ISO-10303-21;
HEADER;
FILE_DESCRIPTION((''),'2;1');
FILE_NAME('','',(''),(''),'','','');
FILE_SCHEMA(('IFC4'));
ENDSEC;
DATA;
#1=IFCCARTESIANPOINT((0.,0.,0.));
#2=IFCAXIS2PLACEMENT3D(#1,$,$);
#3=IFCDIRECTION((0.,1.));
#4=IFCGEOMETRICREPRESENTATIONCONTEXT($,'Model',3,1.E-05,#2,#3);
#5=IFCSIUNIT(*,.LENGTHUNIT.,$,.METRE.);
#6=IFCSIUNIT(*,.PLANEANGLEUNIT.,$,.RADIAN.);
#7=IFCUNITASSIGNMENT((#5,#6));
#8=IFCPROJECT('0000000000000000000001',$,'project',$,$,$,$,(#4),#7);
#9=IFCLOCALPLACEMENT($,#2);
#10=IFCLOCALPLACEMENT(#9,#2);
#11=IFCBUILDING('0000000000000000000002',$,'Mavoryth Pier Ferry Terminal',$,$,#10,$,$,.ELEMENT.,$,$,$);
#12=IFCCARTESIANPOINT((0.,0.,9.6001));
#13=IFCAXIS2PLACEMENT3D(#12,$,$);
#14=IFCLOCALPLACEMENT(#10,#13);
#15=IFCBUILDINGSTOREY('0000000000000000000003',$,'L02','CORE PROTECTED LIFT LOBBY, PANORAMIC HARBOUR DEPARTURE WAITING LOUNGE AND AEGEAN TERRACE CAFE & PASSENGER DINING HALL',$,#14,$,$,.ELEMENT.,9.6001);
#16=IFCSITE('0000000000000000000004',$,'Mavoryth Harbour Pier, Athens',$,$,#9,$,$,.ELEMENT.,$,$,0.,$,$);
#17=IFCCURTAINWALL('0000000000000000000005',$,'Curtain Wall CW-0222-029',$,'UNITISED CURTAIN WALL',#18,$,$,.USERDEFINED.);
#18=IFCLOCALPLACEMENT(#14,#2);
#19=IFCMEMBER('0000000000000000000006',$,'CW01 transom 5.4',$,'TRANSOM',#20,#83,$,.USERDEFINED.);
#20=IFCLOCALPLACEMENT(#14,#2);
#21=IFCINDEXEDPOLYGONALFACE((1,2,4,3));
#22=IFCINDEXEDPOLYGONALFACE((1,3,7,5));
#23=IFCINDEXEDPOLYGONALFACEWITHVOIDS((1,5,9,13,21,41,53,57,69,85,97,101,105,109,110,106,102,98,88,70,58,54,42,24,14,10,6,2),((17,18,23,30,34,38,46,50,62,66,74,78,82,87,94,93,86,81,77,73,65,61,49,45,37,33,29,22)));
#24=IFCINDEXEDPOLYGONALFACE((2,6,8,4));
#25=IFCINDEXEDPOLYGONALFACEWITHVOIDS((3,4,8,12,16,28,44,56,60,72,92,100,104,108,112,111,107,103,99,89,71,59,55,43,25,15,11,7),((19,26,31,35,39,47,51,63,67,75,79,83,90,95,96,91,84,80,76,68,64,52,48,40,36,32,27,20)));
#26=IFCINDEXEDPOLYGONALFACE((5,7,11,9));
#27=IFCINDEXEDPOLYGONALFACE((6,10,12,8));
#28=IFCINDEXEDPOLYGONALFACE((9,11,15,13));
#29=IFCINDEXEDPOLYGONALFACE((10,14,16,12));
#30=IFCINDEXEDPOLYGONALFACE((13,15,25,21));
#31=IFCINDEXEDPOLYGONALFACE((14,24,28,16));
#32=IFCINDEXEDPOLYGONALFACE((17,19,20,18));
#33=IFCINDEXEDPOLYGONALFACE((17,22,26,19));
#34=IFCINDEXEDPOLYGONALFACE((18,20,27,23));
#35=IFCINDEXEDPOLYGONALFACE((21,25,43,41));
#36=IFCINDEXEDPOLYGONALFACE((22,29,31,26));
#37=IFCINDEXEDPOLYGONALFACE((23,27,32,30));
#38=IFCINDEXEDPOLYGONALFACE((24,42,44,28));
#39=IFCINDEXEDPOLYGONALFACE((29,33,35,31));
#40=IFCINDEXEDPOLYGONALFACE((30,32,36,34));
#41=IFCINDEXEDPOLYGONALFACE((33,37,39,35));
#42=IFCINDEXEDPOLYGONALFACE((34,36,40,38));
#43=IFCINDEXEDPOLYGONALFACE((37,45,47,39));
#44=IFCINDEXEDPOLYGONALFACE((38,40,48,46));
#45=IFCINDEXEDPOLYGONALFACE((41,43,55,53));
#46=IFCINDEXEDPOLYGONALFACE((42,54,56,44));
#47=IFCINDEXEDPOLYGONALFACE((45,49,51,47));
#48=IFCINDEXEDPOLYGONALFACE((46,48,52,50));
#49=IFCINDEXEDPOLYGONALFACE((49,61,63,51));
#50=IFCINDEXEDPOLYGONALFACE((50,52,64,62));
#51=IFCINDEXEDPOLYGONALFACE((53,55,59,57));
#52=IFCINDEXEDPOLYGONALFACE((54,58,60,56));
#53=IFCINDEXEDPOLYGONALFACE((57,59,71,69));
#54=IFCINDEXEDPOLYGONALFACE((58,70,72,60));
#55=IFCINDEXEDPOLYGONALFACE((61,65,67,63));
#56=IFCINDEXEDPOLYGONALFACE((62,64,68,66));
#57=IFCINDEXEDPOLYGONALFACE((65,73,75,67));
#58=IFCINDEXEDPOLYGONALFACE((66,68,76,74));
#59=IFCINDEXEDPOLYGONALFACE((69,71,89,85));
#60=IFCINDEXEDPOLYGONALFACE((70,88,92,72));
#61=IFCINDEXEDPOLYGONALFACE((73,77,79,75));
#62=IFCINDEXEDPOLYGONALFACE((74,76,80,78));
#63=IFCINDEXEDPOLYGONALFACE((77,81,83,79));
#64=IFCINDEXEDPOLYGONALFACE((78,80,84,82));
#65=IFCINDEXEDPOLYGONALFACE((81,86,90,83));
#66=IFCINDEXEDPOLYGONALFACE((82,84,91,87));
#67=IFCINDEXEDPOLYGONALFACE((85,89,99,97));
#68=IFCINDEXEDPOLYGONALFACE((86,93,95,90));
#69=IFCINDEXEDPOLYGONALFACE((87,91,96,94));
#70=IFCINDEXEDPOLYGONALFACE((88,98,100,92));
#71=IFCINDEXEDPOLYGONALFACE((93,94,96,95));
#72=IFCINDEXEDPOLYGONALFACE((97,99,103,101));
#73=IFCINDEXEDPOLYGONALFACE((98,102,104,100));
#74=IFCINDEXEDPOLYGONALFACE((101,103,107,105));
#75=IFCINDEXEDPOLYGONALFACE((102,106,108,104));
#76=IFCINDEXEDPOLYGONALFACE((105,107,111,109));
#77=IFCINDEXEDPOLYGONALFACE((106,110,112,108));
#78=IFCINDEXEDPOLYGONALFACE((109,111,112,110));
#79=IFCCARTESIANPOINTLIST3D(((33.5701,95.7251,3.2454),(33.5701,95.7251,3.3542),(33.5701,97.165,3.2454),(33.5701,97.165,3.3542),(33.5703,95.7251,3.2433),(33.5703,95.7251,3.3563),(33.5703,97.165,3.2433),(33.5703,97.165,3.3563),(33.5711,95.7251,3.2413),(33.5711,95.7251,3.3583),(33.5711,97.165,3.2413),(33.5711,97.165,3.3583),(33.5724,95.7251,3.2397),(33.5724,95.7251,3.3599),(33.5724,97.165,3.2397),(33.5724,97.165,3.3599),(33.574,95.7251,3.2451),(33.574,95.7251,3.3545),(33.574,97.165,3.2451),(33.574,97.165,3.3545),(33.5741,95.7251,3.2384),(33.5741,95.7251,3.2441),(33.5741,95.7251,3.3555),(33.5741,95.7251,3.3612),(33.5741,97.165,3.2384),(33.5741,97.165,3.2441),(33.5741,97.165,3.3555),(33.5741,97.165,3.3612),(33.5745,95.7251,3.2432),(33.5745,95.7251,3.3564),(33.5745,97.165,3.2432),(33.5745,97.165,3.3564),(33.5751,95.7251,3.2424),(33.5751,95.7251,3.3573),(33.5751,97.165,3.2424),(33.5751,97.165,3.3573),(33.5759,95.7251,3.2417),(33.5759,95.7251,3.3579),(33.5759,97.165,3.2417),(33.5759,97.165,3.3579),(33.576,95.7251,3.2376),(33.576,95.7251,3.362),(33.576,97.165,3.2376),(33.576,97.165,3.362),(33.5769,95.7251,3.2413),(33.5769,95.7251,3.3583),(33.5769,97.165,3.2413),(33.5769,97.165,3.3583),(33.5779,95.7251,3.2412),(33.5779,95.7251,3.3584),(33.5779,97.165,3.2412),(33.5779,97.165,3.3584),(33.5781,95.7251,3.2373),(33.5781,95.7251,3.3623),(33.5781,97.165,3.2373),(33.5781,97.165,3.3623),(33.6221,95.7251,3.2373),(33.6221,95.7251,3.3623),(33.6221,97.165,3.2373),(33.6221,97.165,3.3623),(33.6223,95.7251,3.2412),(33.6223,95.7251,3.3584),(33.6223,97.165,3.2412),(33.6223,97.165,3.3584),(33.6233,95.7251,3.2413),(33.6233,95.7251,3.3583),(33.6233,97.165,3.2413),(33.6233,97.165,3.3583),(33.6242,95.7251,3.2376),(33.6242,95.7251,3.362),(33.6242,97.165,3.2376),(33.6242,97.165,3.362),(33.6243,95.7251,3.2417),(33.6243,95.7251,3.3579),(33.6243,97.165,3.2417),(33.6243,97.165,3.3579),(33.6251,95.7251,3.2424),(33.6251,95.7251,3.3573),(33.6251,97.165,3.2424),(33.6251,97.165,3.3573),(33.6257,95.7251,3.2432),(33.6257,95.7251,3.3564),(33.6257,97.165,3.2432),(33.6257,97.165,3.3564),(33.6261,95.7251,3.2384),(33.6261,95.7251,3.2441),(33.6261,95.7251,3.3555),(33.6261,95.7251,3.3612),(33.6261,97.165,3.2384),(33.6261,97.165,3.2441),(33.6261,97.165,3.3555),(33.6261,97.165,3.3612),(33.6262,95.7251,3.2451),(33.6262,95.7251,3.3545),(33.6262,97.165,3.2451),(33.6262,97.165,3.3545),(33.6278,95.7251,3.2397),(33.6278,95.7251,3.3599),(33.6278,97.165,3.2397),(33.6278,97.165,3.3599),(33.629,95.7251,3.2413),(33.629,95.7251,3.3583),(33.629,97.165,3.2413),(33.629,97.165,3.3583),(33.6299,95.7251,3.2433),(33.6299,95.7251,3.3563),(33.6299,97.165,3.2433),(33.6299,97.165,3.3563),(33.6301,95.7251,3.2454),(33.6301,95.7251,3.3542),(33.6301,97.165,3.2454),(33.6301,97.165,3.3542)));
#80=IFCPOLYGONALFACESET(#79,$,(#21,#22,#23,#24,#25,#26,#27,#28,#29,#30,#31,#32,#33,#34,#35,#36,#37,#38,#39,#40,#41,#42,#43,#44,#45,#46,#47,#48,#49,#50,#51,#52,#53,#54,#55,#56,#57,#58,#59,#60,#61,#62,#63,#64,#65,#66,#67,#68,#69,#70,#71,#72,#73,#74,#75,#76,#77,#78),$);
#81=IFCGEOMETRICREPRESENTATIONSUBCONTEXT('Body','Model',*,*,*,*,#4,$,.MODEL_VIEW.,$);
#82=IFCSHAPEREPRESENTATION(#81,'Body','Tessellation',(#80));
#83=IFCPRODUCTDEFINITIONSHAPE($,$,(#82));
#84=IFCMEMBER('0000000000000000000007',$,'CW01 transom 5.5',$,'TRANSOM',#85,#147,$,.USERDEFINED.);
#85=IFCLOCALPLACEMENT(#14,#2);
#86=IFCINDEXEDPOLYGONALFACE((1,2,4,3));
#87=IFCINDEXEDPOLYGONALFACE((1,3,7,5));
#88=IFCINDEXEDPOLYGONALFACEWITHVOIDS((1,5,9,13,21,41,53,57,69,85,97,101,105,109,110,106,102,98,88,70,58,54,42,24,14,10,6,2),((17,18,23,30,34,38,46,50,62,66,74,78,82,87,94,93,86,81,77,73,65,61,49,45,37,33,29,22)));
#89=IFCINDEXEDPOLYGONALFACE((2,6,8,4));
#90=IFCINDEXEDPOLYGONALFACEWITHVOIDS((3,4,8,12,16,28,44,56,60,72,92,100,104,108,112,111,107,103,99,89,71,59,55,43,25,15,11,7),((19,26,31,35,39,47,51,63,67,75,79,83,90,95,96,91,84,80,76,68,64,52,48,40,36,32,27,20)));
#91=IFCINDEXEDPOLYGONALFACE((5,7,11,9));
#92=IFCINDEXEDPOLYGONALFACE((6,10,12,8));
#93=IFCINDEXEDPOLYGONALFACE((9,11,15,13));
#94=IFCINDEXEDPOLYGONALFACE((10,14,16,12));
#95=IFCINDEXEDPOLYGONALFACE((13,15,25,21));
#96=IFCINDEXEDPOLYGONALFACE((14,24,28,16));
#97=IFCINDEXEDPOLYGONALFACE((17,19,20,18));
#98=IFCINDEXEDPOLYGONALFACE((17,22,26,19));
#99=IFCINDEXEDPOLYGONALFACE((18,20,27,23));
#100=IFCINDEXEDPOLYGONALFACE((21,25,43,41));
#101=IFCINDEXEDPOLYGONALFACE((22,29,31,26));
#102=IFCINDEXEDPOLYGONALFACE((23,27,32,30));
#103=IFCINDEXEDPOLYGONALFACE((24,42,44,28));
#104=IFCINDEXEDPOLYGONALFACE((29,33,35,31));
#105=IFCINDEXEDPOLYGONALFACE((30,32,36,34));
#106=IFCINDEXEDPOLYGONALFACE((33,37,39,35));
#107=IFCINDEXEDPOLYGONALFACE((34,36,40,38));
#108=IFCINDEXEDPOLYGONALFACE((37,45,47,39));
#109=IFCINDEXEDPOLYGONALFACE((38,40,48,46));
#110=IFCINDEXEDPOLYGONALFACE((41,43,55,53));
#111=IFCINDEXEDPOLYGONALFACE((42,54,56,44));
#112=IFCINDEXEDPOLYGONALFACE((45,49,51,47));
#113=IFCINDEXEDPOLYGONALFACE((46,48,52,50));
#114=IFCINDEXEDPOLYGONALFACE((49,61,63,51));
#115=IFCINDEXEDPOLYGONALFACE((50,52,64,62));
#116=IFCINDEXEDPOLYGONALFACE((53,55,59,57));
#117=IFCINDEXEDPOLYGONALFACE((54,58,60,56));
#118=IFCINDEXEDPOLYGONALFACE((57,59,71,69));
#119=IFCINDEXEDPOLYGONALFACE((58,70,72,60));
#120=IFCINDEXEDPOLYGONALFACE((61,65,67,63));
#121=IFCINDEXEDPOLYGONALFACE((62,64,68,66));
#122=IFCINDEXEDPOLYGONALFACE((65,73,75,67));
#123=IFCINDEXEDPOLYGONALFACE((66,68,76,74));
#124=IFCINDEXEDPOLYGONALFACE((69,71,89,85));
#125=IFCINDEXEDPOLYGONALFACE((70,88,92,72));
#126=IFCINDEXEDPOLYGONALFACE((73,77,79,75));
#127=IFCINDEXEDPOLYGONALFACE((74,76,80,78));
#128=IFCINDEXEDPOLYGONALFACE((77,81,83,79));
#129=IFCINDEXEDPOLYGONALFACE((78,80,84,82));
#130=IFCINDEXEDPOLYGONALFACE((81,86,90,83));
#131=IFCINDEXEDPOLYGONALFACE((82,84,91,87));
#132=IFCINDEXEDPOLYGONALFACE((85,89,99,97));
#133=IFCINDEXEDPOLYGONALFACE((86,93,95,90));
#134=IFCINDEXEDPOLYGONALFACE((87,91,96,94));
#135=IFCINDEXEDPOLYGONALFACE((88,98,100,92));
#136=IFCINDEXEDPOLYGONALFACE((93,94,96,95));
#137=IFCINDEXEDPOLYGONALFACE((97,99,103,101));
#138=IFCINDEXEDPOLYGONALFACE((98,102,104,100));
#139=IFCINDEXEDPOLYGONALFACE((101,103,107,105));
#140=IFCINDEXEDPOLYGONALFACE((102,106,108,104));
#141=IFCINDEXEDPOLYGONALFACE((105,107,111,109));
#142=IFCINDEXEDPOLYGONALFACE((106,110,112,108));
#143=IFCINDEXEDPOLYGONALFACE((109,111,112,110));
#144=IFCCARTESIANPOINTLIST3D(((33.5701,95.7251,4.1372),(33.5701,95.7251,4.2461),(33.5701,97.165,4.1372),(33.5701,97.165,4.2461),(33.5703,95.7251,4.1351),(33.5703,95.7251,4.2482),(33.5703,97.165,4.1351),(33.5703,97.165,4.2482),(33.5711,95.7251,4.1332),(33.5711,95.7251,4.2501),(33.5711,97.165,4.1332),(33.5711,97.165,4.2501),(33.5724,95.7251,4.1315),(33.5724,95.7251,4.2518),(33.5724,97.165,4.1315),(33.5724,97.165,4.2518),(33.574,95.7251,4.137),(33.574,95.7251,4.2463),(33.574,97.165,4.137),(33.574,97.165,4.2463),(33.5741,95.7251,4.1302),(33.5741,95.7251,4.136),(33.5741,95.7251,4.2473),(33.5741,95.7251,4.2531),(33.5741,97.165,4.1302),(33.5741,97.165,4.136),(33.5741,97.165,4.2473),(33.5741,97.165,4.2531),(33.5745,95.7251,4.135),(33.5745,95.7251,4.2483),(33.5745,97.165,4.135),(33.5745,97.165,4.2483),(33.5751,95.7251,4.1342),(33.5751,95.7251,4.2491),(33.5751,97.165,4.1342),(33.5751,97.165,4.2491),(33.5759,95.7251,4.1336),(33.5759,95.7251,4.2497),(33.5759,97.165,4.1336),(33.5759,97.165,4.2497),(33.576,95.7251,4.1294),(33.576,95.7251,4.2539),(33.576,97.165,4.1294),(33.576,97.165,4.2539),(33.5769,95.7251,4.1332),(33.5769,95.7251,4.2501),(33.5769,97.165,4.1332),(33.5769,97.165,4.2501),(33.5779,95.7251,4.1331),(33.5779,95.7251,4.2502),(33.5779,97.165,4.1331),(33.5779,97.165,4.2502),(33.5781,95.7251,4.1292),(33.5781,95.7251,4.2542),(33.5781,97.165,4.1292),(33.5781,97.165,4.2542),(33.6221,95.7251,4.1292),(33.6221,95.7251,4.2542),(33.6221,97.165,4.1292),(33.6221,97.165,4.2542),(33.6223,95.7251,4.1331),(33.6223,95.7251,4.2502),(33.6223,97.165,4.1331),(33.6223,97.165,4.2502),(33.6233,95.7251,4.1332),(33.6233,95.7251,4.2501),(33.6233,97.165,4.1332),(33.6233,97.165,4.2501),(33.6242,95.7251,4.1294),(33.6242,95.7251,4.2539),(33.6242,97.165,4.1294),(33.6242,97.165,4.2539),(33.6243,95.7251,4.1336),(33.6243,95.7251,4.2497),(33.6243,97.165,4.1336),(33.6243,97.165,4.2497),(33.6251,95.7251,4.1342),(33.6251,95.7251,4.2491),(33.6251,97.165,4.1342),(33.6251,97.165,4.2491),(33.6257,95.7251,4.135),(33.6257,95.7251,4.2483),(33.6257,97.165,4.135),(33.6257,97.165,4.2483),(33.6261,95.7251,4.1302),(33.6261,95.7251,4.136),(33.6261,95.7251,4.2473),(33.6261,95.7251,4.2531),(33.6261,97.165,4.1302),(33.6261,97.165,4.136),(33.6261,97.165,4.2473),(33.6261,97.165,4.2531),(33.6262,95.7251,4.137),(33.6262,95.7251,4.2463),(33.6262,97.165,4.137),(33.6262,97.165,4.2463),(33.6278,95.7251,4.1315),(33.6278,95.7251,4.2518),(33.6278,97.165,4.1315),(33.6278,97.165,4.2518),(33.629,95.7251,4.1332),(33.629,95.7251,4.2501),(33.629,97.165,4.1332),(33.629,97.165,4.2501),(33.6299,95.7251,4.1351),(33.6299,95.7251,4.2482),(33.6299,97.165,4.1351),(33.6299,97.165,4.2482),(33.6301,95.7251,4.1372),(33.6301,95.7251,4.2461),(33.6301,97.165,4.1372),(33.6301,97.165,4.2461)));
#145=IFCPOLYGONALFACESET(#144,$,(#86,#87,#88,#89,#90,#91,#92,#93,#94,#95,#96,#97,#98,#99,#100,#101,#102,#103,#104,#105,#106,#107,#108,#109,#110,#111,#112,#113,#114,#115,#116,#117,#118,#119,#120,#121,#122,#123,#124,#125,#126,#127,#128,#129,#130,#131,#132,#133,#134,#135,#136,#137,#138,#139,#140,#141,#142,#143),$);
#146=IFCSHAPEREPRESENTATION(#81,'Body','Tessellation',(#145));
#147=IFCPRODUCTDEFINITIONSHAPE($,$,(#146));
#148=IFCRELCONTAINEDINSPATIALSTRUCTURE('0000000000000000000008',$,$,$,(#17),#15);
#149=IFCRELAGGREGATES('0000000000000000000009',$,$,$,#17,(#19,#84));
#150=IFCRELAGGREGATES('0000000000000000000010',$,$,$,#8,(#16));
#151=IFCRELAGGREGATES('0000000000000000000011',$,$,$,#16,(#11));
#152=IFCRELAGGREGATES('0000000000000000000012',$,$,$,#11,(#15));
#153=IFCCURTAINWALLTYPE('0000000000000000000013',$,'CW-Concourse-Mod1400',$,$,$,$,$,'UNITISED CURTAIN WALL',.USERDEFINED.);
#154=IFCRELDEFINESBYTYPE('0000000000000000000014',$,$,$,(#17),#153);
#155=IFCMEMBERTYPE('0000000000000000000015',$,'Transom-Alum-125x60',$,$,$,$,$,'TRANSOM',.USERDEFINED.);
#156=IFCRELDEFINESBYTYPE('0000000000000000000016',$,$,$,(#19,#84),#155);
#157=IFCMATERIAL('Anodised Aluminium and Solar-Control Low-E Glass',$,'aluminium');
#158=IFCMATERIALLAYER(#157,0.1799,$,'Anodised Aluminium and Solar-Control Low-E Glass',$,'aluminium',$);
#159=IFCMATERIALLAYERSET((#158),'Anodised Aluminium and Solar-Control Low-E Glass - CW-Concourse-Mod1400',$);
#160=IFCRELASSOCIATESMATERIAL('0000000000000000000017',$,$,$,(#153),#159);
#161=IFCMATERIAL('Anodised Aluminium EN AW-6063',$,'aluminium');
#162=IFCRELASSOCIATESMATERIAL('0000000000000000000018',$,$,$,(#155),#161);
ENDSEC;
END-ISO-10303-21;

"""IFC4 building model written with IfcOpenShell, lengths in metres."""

from ifc_helpers import new_model, si_unit, direction, frame, origin, origin_2d, place, context, subcontext, project, spatial, hollow_rectangle, extrude, material, layer, layer_set, material_profile, profile_set, type_object, element, aggregate, save


model = new_model("IFC4")

# Units and contexts
model_context = context("Model", 3, precision=1e-05, world=origin(), true_north=direction((0.0, 1.0)))
body_context = subcontext(model_context, "Body", "Model", "MODEL_VIEW")
ifc_project = project(units=[si_unit("LENGTHUNIT", "METRE"), si_unit("PLANEANGLEUNIT", "RADIAN")], contexts=[model_context])

# Site, building, storey
site_placement = place(None, origin())
site = spatial("IfcSite", under=ifc_project, at=site_placement, Name="Mavoryth Harbour Pier, Athens", CompositionType="ELEMENT", RefElevation=0.0)
building_placement = place(site_placement, origin())
building = spatial("IfcBuilding", under=site, at=building_placement, Name="Mavoryth Pier Ferry Terminal", CompositionType="ELEMENT")
storey_placement = place(building_placement, frame((0.0, 0.0, 9.6001)))
storey = spatial("IfcBuildingStorey", under=building, at=storey_placement, Name="L02", Description="CORE PROTECTED LIFT LOBBY, PANORAMIC HARBOUR DEPARTURE WAITING LOUNGE AND AEGEAN TERRACE CAFE & PASSENGER DINING HALL", CompositionType="ELEMENT", Elevation=9.6001)

# Curtain wall
ifc_material_1 = material(Name="Anodised Aluminium and Solar-Control Low-E Glass", Category="aluminium")
ifc_layer_1 = layer(ifc_material_1, 0.1799, Name="Anodised Aluminium and Solar-Control Low-E Glass", Category="aluminium")
ifc_layer_set_1 = layer_set([ifc_layer_1], Name="Anodised Aluminium and Solar-Control Low-E Glass - CW-Concourse-Mod1400")
curtain_wall_type = type_object("IfcCurtainWallType", Name="CW-Concourse-Mod1400", ElementType="UNITISED CURTAIN WALL", PredefinedType="USERDEFINED", material=ifc_layer_set_1)
curtain_wall_1_placement = place(storey_placement, origin())
curtain_wall_1 = element("IfcCurtainWall", 1, at=curtain_wall_1_placement, inside=storey, type_object=curtain_wall_type, Name="Curtain Wall CW-0222-029", ObjectType="UNITISED CURTAIN WALL", PredefinedType="USERDEFINED")
ifc_material_2 = material(Name="Anodised Aluminium EN AW-6063", Category="aluminium")

# Members
ifc_material_profile_1 = material_profile(ifc_material_2, hollow_rectangle(XDim=0.0601, YDim=0.125, WallThickness=0.0039, InnerFilletRadius=0.0039, OuterFilletRadius=0.0081, at=origin_2d()), Name="AL-TRAN 125x60x4", Category="aluminium")
ifc_profile_set_1 = profile_set([ifc_material_profile_1], Name="Anodised Aluminium EN AW-6063 - AL-TRAN 125x60x4")
member_type_1 = type_object("IfcMemberType", Name="Transom-Alum-125x60", ElementType="TRANSOM", PredefinedType="USERDEFINED", material=ifc_profile_set_1)
member_1_placement = place(storey_placement, frame((33.6001, 95.7251, 3.2998), z_axis=(0.0, 1.0, 0.0), x_axis=(-1.0, 0.0, 0.0)))
member_1 = element("IfcMember", 2, at=member_1_placement, type_object=member_type_1, Name="CW01 transom 5.4", ObjectType="TRANSOM", PredefinedType="USERDEFINED", context=body_context, shape_type="SweptSolid", body=[
    extrude(hollow_rectangle(XDim=0.0601, YDim=0.125, WallThickness=0.0039, InnerFilletRadius=0.0039, OuterFilletRadius=0.0081, at=origin_2d()), origin(), (0.0, 0.0, 1.0), 1.4399),
])
member_2_placement = place(storey_placement, frame((33.6001, 95.7251, 4.1917), z_axis=(0.0, 1.0, 0.0), x_axis=(-1.0, 0.0, 0.0)))
member_2 = element("IfcMember", 3, at=member_2_placement, type_object=member_type_1, Name="CW01 transom 5.5", ObjectType="TRANSOM", PredefinedType="USERDEFINED", context=body_context, shape_type="SweptSolid", body=[
    extrude(hollow_rectangle(XDim=0.0601, YDim=0.125, WallThickness=0.0039, InnerFilletRadius=0.0039, OuterFilletRadius=0.0081, at=origin_2d()), origin(), (0.0, 0.0, 1.0), 1.4399),
])

aggregate(curtain_wall_1, [member_1, member_2])

save(model, "model.ifc")
